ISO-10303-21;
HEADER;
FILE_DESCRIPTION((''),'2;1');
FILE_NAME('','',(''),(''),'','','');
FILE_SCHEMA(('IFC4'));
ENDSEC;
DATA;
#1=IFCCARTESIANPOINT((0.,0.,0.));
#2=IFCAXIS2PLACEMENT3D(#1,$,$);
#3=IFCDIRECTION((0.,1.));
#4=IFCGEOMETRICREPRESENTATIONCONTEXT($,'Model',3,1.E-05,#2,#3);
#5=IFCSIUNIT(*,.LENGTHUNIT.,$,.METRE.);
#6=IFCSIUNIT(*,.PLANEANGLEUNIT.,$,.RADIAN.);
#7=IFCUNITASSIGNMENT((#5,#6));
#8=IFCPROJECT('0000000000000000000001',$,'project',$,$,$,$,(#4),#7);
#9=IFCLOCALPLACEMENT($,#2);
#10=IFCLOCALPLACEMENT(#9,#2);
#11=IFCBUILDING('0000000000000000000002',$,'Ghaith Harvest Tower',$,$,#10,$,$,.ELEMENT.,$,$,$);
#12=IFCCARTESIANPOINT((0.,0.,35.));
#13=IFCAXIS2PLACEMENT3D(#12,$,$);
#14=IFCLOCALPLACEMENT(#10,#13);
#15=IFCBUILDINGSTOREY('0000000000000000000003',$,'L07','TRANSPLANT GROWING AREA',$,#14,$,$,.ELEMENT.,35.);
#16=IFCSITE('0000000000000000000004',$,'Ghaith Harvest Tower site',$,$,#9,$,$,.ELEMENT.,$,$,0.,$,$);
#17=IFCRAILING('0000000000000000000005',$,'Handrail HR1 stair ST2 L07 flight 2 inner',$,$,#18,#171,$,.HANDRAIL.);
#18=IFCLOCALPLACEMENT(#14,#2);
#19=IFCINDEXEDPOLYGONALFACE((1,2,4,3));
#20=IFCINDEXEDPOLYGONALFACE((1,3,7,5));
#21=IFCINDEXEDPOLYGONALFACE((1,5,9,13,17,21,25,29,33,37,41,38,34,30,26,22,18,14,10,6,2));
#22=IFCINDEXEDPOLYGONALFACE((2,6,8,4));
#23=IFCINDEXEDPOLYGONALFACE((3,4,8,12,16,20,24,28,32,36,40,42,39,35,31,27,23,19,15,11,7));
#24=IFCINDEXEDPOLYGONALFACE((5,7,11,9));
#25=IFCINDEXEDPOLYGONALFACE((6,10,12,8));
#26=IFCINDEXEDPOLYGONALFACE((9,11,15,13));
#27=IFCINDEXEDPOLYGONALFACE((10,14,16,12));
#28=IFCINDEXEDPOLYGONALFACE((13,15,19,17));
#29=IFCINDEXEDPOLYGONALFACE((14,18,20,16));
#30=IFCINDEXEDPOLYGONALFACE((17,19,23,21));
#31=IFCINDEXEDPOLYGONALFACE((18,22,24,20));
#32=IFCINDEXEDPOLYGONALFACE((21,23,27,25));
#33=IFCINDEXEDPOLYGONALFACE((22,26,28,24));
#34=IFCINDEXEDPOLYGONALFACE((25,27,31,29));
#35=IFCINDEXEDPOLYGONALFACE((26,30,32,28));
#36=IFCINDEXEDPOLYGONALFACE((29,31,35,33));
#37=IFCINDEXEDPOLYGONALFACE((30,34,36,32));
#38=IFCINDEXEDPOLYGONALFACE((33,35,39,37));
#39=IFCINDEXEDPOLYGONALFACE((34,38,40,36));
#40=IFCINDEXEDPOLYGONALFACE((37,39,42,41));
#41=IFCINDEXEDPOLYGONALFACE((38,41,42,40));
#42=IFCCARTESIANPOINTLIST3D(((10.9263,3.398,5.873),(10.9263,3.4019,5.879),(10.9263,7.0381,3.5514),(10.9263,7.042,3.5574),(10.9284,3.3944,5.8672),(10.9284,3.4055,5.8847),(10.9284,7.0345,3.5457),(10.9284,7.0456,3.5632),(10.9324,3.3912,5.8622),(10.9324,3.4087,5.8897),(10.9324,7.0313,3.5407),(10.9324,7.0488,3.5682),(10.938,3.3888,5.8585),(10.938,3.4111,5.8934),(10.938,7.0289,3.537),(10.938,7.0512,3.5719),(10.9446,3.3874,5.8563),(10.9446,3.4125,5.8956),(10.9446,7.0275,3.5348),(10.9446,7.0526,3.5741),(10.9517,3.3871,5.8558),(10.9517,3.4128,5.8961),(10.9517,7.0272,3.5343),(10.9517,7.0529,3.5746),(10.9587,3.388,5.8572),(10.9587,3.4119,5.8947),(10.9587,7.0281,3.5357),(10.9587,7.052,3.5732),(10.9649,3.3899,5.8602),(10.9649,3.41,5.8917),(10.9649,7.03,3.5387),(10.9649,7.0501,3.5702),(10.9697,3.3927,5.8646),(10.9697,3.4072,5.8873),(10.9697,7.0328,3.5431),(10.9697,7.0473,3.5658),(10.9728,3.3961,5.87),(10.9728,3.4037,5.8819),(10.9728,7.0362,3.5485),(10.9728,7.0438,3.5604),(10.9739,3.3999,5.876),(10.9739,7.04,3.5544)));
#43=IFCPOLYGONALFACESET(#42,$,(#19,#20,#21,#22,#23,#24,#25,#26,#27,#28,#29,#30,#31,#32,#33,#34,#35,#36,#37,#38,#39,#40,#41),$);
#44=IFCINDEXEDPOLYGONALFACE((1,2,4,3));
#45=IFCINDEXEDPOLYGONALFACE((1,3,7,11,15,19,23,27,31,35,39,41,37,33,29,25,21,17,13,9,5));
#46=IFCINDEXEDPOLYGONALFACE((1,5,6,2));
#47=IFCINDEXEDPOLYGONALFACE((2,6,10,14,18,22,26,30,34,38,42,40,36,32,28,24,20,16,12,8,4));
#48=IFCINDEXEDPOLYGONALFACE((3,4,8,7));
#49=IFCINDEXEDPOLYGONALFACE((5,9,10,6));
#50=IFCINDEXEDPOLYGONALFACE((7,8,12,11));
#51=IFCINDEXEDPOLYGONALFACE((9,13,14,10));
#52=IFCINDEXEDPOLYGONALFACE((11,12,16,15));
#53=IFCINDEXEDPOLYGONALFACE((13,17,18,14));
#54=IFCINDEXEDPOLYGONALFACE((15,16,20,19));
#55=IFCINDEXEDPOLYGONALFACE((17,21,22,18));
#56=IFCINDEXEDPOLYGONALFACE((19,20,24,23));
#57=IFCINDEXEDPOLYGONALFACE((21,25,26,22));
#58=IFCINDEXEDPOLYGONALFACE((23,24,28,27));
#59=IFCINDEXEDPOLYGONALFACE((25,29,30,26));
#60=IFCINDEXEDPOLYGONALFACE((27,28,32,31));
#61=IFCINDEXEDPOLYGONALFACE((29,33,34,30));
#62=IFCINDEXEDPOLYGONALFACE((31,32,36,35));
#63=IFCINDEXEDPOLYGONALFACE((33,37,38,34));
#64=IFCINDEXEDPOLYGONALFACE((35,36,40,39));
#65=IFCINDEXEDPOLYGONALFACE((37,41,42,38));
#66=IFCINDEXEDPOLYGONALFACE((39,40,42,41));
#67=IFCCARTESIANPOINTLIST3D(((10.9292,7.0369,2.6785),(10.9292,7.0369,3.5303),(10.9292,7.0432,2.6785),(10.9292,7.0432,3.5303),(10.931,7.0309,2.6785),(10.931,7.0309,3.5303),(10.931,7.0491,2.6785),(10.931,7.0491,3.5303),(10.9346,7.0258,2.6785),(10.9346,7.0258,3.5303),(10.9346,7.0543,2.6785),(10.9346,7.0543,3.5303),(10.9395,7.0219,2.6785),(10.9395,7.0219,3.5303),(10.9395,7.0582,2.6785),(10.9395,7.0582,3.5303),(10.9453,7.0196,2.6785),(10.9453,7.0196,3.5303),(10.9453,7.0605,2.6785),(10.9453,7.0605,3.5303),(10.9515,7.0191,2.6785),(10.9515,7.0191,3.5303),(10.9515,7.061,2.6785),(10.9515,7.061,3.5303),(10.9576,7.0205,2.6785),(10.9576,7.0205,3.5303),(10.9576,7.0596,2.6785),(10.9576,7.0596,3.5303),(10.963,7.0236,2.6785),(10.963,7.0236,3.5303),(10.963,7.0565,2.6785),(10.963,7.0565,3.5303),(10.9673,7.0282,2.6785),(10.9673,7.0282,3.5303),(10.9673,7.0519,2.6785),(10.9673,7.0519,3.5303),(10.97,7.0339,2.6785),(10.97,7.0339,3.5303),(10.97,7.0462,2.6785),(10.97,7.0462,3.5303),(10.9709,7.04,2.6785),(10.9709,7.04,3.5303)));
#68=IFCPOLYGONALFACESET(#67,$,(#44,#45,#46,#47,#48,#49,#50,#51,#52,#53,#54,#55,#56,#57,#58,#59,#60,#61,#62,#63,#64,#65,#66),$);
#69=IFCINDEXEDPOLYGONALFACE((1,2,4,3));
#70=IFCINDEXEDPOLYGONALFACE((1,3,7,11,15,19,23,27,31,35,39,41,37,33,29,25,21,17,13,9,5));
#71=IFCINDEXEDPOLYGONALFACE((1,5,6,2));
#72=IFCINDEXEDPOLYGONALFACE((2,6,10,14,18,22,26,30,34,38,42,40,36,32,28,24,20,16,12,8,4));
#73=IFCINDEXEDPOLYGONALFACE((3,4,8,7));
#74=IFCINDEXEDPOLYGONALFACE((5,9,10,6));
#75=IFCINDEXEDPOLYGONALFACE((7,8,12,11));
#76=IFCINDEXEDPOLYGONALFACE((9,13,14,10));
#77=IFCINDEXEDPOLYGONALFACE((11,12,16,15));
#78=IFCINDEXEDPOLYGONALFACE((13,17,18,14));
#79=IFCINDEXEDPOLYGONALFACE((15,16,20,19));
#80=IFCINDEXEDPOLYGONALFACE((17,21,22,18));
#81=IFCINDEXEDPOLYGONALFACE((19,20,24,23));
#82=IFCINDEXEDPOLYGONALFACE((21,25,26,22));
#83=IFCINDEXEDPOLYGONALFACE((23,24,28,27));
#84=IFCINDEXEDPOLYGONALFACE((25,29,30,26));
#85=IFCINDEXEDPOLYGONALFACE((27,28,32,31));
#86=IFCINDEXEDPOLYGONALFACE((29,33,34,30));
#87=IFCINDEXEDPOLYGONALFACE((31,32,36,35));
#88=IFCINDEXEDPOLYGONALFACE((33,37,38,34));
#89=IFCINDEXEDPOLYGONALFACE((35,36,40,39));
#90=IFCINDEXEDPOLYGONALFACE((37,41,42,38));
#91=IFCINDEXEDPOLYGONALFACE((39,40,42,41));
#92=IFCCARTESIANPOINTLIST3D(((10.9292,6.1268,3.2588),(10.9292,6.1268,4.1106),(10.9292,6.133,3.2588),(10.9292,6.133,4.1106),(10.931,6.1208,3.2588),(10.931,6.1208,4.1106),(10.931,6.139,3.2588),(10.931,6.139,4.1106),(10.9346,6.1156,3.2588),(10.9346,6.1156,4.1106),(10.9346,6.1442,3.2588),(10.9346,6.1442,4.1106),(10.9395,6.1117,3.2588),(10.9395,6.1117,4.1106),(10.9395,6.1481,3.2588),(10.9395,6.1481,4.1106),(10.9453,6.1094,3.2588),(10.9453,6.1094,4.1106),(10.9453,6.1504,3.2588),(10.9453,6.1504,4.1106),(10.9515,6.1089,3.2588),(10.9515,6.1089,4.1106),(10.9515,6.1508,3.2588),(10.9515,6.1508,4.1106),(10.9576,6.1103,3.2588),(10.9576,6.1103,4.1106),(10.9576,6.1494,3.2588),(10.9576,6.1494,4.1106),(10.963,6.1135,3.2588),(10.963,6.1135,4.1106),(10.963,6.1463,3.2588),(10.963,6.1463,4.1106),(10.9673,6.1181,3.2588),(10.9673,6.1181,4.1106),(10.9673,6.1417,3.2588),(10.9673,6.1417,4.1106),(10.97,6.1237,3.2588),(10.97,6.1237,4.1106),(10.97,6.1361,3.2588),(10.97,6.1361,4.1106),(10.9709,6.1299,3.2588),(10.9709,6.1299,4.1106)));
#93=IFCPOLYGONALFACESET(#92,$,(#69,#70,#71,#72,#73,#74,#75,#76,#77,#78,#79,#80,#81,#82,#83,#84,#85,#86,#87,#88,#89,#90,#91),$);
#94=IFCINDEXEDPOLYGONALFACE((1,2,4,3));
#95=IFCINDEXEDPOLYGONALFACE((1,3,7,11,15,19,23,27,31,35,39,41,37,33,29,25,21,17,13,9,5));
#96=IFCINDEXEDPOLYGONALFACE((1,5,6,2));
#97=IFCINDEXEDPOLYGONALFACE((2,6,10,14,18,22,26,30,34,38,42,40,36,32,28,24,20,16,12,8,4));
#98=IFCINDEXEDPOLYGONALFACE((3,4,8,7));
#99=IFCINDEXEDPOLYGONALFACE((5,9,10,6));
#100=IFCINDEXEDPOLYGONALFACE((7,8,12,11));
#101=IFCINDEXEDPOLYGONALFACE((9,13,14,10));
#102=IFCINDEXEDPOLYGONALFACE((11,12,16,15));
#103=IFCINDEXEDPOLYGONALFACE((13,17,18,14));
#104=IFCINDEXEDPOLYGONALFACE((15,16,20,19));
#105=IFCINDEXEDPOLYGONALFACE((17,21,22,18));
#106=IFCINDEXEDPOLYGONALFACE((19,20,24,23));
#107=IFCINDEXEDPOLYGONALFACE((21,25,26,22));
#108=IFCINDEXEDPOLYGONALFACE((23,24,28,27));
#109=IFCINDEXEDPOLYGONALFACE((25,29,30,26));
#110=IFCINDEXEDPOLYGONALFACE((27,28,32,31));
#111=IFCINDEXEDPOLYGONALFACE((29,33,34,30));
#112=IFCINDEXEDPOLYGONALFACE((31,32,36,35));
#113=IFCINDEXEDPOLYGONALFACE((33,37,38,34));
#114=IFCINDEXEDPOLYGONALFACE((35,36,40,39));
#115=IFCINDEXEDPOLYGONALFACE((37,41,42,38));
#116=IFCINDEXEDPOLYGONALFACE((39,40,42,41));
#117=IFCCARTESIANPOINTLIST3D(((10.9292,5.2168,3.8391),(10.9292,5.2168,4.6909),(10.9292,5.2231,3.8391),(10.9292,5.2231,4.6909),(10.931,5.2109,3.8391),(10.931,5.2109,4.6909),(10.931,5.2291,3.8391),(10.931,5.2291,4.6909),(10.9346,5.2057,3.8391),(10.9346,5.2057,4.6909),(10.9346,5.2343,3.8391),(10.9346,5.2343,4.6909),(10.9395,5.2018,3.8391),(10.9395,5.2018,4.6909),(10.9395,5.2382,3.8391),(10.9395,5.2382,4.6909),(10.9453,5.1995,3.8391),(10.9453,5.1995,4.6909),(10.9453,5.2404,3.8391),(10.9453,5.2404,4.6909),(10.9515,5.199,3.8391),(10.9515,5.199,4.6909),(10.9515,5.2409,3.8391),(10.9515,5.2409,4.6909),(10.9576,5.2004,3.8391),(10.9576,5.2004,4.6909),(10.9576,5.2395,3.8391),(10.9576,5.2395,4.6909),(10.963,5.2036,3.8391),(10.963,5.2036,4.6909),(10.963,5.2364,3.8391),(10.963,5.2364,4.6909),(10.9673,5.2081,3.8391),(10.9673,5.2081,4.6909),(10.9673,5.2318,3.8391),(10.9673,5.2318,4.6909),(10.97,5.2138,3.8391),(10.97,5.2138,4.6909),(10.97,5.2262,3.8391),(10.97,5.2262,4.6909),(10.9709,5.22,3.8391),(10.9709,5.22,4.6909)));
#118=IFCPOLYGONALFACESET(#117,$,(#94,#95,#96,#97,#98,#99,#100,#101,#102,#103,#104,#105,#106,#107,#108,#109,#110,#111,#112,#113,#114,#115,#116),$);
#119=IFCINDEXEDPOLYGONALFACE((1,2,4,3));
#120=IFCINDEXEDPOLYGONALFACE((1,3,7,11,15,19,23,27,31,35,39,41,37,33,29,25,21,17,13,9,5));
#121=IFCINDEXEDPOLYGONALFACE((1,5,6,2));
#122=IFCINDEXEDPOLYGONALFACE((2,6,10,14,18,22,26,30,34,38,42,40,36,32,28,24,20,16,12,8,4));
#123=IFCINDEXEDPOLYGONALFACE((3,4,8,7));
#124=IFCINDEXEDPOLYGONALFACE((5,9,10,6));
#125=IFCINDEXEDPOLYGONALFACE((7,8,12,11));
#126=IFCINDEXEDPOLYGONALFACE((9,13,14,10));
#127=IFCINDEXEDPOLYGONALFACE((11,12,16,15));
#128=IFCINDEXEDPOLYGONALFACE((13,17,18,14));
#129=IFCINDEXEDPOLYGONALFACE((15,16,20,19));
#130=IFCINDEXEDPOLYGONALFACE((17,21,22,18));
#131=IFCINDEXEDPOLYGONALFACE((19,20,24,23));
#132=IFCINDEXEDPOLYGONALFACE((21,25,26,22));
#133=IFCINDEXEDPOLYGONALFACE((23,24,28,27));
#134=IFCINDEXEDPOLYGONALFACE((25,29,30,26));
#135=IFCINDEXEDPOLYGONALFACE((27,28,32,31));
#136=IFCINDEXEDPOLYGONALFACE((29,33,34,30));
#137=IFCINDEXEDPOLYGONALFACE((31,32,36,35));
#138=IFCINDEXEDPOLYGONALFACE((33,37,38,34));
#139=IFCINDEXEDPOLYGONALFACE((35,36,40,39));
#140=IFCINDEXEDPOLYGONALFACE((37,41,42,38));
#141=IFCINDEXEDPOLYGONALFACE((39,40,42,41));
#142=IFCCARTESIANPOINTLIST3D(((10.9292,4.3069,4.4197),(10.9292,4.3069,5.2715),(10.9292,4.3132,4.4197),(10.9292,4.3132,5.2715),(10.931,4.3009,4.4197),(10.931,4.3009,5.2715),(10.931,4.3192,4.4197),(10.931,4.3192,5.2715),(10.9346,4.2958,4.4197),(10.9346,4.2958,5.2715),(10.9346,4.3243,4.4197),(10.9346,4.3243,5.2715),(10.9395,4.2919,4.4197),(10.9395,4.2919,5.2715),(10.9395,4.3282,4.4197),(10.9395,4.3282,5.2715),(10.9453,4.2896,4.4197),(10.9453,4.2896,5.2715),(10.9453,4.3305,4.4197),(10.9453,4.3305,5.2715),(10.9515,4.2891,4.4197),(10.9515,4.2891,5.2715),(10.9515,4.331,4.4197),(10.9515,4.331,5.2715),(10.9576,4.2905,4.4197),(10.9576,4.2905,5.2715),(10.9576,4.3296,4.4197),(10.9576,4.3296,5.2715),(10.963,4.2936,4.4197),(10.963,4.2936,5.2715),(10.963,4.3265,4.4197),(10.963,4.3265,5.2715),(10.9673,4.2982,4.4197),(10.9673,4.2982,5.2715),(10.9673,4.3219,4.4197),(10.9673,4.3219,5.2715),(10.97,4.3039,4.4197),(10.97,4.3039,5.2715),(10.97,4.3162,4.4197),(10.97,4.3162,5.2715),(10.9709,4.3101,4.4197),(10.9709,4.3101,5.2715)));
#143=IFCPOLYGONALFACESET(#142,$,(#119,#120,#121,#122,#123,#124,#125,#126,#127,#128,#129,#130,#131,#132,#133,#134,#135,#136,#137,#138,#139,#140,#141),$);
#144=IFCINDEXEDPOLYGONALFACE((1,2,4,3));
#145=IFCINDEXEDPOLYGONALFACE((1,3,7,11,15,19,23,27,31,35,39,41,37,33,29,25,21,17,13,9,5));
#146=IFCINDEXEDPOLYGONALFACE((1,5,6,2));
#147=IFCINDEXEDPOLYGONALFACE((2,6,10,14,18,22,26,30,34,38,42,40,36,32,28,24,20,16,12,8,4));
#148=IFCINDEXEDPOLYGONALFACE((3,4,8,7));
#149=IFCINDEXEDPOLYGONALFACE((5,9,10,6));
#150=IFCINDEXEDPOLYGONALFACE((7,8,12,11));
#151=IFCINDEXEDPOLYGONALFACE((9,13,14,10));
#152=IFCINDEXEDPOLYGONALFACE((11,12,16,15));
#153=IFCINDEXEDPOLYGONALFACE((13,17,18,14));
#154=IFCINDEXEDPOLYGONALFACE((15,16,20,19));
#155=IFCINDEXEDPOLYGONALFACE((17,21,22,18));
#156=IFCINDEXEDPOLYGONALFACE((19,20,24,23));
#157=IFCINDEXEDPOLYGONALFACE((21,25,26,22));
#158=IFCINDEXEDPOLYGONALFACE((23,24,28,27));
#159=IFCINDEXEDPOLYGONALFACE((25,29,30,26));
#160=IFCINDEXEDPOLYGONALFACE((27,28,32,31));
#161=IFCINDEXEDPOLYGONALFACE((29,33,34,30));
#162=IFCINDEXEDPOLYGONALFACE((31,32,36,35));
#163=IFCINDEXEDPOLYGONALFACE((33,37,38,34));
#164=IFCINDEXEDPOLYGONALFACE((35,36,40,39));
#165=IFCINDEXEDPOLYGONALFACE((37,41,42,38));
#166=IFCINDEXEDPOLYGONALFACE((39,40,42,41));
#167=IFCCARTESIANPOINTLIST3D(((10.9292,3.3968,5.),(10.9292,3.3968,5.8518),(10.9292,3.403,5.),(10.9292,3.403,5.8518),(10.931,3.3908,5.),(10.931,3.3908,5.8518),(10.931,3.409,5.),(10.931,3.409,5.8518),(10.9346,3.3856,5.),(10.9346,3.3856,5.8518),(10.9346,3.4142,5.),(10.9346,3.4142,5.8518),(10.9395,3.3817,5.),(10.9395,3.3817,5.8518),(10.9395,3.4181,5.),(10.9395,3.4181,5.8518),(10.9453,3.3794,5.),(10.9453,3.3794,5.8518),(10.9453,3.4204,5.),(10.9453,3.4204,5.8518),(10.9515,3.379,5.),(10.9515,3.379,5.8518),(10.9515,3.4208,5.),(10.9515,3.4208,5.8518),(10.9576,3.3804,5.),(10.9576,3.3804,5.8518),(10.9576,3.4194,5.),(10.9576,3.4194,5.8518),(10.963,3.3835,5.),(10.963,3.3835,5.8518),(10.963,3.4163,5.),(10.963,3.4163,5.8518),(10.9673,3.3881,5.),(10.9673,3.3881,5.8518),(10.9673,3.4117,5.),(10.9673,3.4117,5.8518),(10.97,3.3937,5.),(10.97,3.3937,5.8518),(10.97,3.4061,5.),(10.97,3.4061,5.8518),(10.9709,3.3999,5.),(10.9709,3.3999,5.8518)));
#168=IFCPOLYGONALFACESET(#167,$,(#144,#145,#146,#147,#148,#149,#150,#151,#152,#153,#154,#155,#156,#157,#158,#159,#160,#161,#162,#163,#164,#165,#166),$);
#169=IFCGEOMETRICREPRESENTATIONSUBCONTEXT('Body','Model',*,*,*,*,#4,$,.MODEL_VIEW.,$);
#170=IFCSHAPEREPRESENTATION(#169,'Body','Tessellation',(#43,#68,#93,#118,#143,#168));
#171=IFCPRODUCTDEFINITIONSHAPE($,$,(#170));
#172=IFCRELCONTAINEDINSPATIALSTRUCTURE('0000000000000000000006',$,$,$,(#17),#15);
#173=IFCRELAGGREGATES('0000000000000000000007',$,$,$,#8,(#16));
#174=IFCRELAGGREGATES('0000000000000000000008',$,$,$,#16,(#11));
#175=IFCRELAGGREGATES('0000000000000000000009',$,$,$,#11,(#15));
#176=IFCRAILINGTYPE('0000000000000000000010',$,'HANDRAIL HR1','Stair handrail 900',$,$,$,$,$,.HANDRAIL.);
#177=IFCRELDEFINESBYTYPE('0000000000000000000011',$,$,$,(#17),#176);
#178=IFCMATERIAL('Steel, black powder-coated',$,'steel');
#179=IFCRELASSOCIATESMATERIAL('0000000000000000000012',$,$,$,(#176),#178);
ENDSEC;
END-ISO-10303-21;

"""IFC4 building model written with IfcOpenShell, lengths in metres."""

from ifc_helpers import new_model, si_unit, direction, frame, origin, origin_2d, place, context, subcontext, project, spatial, circle, extrude, material, type_object, element, save


model = new_model("IFC4")

# Units and contexts
model_context = context("Model", 3, precision=1e-05, world=origin(), true_north=direction((0.0, 1.0)))
body_context = subcontext(model_context, "Body", "Model", "MODEL_VIEW")
ifc_project = project(units=[si_unit("LENGTHUNIT", "METRE"), si_unit("PLANEANGLEUNIT", "RADIAN")], contexts=[model_context])

# Site, building, storey
site_placement = place(None, origin())
site = spatial("IfcSite", under=ifc_project, at=site_placement, Name="Ghaith Harvest Tower site", CompositionType="ELEMENT", RefElevation=0.0)
building_placement = place(site_placement, origin())
building = spatial("IfcBuilding", under=site, at=building_placement, Name="Ghaith Harvest Tower", CompositionType="ELEMENT")
storey_placement = place(building_placement, frame((0.0, 0.0, 35.0)))
storey = spatial("IfcBuildingStorey", under=building, at=storey_placement, Name="L07", Description="TRANSPLANT GROWING AREA", CompositionType="ELEMENT", Elevation=35.0)

# Railing
ifc_material_1 = material(Name="Steel, black powder-coated", Category="steel")
railing_type = type_object("IfcRailingType", Name="HANDRAIL HR1", Description="Stair handrail 900", PredefinedType="HANDRAIL", material=ifc_material_1)
railing_1_placement = place(storey_placement, frame((10.95, 7.04, 2.6785)))
element("IfcRailing", 1, at=railing_1_placement, inside=storey, type_object=railing_type, Name="Handrail HR1 stair ST2 L07 flight 2 inner", PredefinedType="HANDRAIL", context=body_context, shape_type="SweptSolid", body=[
    extrude(circle(Radius=0.0239, at=origin_2d()), frame((0.0, 0.0, 0.876), z_axis=(0.0, -0.843128, 0.537713), x_axis=(1.0, 0.0, 0.0)), (0.0, 0.0, 1.0), 4.3174),
    extrude(circle(Radius=0.021, at=origin_2d()), origin(), (0.0, 0.0, 1.0), 0.8518),
    extrude(circle(Radius=0.021, at=origin_2d()), frame((0.0, -0.9102, 0.5803)), (0.0, 0.0, 1.0), 0.8518),
    extrude(circle(Radius=0.021, at=origin_2d()), frame((0.0, -1.8201, 1.1606)), (0.0, 0.0, 1.0), 0.8518),
    extrude(circle(Radius=0.021, at=origin_2d()), frame((0.0, -2.73, 1.7412)), (0.0, 0.0, 1.0), 0.8518),
    extrude(circle(Radius=0.021, at=origin_2d()), frame((0.0, -3.6401, 2.3215)), (0.0, 0.0, 1.0), 0.8518),
])

save(model, "model.ifc")
